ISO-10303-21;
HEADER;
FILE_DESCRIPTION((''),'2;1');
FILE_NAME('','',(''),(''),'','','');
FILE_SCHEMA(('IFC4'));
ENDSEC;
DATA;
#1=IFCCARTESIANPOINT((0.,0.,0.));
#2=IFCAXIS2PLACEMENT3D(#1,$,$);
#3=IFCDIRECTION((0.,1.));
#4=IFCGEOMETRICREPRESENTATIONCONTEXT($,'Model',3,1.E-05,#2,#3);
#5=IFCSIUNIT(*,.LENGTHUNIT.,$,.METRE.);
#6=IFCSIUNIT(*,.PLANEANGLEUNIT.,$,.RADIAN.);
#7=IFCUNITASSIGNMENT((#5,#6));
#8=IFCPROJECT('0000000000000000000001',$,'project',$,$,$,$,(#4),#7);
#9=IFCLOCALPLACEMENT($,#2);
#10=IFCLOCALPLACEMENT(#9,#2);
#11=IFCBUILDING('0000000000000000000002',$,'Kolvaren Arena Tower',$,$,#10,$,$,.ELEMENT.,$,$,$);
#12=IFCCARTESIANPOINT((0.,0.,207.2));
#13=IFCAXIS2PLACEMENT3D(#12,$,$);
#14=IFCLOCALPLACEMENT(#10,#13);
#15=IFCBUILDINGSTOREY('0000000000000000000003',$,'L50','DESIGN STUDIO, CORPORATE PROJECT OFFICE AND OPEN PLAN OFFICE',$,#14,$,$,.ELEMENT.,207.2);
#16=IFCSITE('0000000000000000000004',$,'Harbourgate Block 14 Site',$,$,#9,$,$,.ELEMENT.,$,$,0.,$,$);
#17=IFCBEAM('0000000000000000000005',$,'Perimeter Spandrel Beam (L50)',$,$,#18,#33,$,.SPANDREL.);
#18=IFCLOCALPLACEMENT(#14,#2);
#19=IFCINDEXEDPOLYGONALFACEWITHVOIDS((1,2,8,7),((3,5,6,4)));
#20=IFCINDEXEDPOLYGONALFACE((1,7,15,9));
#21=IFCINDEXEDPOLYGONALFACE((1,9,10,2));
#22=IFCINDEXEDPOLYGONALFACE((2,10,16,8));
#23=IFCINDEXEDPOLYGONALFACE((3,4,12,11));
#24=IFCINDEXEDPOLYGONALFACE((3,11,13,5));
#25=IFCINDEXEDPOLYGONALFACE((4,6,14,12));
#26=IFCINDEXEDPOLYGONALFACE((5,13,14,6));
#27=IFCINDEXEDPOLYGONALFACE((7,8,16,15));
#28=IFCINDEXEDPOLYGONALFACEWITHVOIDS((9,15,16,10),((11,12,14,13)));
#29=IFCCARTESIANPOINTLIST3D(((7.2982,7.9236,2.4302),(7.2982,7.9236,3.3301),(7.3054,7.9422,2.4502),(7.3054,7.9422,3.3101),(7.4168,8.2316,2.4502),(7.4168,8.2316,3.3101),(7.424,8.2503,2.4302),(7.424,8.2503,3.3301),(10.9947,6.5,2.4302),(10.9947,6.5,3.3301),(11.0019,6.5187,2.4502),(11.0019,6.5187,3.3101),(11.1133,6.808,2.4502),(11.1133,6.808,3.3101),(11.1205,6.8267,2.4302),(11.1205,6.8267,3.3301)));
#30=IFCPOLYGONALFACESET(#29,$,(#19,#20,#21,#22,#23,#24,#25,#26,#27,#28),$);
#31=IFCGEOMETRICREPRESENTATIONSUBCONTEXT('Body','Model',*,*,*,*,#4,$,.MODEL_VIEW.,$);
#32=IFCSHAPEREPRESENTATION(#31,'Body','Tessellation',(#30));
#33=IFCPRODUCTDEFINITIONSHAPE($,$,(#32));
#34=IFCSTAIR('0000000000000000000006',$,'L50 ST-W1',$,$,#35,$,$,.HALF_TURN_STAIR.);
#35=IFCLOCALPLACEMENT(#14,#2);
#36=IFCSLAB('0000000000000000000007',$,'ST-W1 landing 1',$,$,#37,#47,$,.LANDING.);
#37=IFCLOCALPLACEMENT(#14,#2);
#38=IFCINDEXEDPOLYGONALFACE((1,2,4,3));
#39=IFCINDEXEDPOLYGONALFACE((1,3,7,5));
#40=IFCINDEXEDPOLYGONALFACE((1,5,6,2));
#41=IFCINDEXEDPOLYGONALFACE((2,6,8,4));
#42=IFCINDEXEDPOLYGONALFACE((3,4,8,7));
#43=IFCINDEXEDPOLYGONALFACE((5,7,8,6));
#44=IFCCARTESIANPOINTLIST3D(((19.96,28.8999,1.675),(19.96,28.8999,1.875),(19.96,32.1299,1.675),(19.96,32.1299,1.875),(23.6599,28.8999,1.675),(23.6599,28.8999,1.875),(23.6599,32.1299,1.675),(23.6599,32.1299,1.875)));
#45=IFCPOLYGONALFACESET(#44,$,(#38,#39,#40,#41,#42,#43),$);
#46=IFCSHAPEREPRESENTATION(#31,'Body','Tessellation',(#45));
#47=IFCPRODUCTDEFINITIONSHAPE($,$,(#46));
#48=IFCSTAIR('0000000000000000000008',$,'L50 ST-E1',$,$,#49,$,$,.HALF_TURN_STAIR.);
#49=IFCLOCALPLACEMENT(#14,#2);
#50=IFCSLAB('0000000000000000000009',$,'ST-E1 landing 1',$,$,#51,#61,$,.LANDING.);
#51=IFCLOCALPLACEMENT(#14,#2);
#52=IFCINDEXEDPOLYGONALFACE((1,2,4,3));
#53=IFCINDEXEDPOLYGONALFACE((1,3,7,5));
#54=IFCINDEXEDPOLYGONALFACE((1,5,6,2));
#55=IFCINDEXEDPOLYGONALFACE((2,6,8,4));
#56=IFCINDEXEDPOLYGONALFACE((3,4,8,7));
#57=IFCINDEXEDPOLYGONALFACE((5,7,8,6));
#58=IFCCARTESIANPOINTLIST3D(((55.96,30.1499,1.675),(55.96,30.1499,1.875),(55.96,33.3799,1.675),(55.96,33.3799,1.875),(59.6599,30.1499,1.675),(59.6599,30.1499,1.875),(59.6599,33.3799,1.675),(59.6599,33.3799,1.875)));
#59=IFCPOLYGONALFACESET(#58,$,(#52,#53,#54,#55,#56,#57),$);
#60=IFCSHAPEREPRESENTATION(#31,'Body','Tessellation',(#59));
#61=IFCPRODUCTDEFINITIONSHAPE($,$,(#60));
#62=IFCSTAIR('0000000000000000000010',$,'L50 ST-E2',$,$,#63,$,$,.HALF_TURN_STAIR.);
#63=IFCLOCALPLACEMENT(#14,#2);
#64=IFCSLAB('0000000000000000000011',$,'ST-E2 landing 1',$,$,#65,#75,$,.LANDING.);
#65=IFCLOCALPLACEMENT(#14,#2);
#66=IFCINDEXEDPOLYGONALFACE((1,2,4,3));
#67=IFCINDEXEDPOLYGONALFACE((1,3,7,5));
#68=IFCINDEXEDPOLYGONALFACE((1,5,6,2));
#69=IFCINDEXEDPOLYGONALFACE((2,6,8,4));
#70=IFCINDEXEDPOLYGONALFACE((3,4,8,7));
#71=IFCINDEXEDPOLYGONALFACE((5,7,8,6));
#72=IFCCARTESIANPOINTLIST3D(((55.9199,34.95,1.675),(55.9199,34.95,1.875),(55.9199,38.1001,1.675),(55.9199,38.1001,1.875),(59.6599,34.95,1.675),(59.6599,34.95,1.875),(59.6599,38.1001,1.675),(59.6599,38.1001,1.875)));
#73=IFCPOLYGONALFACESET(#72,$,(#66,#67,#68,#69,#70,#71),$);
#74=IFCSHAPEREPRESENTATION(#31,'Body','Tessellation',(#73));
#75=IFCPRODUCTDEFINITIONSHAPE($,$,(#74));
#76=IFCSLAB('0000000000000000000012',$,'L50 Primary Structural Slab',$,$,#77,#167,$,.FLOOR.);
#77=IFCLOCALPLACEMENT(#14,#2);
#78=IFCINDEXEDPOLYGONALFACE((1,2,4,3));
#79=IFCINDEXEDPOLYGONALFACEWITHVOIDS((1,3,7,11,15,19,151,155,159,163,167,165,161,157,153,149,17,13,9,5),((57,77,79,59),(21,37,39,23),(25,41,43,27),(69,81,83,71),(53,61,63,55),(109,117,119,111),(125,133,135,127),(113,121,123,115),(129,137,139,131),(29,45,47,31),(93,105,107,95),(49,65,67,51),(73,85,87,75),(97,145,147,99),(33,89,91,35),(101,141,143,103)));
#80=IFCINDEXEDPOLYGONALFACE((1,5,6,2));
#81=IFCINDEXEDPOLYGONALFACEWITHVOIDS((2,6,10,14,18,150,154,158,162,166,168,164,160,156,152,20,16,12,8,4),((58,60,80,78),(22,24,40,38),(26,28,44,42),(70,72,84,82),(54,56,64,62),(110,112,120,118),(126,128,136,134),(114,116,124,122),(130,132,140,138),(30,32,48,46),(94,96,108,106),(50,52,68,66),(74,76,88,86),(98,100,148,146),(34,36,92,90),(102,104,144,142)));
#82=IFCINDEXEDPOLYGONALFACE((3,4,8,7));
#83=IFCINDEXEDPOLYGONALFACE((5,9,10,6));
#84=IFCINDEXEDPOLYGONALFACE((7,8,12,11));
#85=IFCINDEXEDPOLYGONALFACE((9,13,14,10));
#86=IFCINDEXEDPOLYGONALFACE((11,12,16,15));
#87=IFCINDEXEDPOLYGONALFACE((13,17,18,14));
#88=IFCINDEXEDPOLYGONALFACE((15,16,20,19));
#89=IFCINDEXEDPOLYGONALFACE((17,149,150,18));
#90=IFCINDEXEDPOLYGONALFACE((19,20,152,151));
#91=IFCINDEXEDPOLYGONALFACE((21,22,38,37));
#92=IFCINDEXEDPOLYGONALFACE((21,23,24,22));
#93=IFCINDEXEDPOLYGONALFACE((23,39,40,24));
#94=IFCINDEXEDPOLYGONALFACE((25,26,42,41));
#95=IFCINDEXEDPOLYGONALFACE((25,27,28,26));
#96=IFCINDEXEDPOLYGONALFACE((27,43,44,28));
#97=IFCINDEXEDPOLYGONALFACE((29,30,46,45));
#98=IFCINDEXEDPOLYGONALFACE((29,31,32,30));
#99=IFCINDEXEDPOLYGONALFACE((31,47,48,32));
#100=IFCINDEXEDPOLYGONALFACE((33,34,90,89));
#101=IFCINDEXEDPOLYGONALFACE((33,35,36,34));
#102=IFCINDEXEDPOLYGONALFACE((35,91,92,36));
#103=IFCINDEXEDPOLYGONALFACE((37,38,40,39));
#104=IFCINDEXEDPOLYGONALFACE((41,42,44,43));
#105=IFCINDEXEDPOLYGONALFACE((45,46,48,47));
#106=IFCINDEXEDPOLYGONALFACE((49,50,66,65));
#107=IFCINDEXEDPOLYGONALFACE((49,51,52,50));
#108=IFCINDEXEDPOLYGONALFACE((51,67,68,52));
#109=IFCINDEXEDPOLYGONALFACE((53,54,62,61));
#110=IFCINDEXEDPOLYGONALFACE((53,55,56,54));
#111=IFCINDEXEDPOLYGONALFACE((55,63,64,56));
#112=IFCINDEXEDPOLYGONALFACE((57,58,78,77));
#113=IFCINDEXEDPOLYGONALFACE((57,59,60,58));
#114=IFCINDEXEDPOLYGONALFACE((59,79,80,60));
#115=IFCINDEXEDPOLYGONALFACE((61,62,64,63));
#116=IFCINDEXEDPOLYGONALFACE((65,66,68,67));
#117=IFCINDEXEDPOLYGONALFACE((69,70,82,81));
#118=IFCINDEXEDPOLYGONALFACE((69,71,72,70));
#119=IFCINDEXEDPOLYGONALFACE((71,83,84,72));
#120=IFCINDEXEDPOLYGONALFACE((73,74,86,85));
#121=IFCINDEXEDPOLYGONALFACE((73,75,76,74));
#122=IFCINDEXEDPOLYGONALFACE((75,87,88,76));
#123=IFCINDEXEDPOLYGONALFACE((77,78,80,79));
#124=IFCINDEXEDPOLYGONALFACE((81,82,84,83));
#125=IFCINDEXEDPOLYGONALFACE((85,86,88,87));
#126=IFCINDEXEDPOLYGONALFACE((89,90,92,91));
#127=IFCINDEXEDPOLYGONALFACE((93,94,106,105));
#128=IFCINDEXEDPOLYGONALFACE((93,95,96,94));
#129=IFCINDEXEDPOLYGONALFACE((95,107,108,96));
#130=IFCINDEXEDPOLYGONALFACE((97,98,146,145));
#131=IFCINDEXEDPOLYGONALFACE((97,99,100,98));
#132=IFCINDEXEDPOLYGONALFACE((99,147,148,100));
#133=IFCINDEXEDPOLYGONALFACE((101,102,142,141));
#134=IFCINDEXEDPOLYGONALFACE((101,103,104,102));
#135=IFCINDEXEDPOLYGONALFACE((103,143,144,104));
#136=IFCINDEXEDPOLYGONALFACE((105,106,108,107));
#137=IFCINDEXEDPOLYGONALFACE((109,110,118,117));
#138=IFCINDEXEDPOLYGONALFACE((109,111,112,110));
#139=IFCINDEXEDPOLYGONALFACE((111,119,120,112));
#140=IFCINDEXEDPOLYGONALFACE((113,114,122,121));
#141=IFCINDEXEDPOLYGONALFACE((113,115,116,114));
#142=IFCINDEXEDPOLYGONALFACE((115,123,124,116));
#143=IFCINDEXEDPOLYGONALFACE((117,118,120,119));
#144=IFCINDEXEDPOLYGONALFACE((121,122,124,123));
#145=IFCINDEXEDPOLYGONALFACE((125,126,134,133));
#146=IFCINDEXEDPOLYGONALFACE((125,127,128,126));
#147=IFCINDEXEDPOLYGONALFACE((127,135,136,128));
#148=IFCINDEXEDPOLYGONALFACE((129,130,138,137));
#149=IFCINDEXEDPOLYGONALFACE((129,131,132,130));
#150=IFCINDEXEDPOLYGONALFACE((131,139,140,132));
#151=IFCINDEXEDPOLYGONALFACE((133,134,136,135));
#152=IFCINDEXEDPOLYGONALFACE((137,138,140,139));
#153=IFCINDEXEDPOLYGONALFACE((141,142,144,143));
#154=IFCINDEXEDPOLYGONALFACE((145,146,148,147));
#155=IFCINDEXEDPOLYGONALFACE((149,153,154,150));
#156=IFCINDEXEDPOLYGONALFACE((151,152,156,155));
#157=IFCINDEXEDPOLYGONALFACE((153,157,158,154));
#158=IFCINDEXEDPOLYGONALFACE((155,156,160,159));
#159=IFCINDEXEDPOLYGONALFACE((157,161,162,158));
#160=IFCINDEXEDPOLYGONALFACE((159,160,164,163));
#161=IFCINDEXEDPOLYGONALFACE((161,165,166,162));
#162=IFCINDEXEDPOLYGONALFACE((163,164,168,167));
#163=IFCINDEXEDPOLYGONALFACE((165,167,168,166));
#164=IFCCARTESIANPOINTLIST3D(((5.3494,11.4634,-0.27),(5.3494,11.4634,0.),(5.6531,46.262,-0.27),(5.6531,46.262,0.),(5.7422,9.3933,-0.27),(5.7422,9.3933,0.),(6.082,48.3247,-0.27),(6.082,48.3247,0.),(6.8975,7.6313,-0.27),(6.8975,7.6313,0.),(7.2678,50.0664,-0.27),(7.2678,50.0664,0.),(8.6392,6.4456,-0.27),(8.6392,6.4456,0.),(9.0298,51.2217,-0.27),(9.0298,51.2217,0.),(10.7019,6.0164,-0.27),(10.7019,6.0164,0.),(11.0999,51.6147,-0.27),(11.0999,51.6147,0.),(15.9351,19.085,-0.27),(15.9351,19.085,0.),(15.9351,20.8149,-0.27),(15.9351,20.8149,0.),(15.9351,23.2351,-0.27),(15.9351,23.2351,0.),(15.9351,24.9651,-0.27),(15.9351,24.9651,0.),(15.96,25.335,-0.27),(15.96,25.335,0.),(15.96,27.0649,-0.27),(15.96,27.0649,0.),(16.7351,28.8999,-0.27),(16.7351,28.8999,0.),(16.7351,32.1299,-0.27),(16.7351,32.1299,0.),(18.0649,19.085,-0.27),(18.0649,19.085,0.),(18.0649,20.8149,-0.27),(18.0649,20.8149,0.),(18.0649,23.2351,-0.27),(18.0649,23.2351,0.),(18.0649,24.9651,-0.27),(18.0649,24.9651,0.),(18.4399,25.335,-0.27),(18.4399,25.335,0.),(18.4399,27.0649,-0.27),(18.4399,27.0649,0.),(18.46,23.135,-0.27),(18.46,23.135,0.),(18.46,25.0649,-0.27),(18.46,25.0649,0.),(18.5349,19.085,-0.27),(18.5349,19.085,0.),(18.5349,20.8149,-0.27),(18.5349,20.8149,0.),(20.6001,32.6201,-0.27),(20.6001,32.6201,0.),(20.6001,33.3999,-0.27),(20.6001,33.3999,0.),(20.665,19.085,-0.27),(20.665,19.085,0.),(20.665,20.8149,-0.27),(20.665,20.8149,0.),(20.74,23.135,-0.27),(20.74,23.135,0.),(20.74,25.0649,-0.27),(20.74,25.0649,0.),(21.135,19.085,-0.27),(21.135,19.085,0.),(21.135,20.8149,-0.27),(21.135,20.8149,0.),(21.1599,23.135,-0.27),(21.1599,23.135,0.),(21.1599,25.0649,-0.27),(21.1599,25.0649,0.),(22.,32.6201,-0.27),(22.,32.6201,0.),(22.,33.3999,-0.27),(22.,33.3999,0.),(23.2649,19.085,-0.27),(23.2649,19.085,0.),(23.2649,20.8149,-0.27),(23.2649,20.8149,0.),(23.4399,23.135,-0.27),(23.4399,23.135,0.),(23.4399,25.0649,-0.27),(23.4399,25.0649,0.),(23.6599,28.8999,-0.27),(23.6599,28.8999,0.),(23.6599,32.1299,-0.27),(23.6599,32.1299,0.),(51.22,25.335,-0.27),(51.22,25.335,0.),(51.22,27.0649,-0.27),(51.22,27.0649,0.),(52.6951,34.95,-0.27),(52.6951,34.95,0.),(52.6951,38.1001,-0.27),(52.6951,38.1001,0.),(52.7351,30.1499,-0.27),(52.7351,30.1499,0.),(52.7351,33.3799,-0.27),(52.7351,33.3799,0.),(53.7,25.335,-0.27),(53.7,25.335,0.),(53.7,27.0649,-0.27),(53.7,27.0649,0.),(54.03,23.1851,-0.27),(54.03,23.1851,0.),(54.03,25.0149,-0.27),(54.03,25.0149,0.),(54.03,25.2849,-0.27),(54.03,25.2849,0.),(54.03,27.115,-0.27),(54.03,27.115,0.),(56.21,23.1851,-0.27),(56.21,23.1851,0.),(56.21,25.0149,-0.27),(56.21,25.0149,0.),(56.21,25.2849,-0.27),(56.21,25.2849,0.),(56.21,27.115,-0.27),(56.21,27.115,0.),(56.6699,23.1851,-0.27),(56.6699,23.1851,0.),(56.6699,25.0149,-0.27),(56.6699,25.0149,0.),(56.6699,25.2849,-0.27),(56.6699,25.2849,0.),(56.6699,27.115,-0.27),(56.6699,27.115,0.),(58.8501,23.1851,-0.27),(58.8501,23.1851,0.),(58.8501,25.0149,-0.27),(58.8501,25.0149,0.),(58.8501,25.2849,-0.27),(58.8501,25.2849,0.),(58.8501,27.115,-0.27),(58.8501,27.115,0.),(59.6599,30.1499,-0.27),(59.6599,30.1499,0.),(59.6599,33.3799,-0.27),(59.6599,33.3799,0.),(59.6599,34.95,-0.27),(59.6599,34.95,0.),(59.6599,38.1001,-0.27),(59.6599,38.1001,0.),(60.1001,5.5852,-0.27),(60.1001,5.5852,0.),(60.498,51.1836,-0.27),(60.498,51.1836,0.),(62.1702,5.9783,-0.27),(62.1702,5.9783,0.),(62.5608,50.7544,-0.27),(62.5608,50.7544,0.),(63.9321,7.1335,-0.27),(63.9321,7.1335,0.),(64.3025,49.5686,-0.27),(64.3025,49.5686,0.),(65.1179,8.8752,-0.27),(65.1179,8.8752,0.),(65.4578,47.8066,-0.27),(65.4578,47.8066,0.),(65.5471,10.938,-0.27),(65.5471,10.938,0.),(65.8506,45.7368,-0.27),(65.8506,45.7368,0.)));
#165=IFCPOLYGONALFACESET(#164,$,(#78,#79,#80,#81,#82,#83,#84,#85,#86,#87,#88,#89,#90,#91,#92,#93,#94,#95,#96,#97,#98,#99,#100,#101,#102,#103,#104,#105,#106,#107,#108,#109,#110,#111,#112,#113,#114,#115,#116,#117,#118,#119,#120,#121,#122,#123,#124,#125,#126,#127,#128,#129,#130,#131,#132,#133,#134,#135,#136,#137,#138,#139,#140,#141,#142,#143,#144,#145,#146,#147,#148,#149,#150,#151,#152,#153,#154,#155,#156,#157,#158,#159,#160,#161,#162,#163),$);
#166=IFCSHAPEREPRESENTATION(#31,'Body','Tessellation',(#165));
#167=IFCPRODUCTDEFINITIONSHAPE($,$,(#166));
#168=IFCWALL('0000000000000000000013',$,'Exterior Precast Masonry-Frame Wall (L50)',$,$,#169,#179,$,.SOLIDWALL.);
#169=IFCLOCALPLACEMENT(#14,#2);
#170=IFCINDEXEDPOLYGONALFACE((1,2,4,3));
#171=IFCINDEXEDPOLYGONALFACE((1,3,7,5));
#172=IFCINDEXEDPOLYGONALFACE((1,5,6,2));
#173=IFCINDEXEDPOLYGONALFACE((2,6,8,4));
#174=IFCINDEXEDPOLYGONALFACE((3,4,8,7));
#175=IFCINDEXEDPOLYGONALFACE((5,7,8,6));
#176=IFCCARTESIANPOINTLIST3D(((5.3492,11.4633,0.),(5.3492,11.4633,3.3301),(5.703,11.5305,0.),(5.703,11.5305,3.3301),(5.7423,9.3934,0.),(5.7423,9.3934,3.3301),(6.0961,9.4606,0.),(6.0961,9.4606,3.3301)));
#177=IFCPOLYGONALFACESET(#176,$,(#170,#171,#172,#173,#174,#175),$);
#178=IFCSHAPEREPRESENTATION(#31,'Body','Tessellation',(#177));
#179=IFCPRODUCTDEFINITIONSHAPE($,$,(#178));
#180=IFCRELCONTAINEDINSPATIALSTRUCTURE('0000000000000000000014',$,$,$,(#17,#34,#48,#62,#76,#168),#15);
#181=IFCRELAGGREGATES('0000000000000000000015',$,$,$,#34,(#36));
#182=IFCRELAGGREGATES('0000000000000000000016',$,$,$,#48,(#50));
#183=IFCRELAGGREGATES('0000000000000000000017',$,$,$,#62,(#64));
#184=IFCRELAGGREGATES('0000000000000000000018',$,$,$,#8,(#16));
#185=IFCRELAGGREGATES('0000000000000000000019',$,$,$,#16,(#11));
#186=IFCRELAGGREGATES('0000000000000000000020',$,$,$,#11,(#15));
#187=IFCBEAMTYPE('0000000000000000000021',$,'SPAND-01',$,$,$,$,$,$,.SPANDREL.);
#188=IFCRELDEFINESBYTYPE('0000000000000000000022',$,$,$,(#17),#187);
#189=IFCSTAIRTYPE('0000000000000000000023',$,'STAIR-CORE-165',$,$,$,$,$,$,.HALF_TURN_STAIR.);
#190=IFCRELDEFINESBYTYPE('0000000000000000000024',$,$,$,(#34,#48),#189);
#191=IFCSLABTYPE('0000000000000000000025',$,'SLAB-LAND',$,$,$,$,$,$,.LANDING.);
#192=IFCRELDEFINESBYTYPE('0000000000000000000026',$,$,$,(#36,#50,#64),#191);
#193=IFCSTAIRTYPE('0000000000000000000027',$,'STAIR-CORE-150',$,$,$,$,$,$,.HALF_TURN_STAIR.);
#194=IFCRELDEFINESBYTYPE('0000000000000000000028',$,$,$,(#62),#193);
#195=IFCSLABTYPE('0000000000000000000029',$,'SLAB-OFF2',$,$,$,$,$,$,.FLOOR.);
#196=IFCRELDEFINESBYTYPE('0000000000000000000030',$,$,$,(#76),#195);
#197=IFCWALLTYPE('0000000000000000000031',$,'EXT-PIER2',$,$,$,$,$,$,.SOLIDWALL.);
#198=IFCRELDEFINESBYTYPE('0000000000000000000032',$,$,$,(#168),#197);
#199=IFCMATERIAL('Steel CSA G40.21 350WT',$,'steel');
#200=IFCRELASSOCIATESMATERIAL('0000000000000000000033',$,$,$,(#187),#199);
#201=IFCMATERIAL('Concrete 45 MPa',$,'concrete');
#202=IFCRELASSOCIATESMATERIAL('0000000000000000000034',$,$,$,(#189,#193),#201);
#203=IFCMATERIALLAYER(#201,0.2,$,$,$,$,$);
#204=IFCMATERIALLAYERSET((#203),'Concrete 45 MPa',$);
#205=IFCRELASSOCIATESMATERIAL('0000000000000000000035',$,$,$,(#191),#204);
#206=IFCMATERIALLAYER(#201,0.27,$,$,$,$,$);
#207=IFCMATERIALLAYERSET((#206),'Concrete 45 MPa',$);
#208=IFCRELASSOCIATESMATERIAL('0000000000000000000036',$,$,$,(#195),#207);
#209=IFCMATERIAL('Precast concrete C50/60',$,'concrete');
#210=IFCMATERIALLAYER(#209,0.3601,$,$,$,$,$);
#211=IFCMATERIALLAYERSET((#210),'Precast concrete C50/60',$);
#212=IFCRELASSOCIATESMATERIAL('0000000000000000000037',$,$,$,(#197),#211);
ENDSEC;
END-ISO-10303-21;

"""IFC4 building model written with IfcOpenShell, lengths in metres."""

from ifc_helpers import new_model, si_unit, direction, frame, frame_2d, origin, origin_2d, place, context, subcontext, project, spatial, polyline, rectangle, hollow_rectangle, outline, extrude, material, layer, layer_set, material_profile, profile_set, type_object, element, aggregate, save


model = new_model("IFC4")

# Units and contexts
model_context = context("Model", 3, precision=1e-05, world=origin(), true_north=direction((0.0, 1.0)))
body_context = subcontext(model_context, "Body", "Model", "MODEL_VIEW")
ifc_project = project(units=[si_unit("LENGTHUNIT", "METRE"), si_unit("PLANEANGLEUNIT", "RADIAN")], contexts=[model_context])

# Site, building, storey
site_placement = place(None, origin())
site = spatial("IfcSite", under=ifc_project, at=site_placement, Name="Harbourgate Block 14 Site", CompositionType="ELEMENT", RefElevation=0.0)
building_placement = place(site_placement, origin())
building = spatial("IfcBuilding", under=site, at=building_placement, Name="Kolvaren Arena Tower", CompositionType="ELEMENT")
storey_placement = place(building_placement, frame((0.0, 0.0, 207.2)))
storey = spatial("IfcBuildingStorey", under=building, at=storey_placement, Name="L50", Description="DESIGN STUDIO, CORPORATE PROJECT OFFICE AND OPEN PLAN OFFICE", CompositionType="ELEMENT", Elevation=207.2)

# Beam
ifc_material_1 = material(Name="Steel CSA G40.21 350WT", Category="steel")
ifc_material_profile_1 = material_profile(ifc_material_1, hollow_rectangle(XDim=0.3501, YDim=0.8999, WallThickness=0.02, at=origin_2d()), Name="HSS 900x350x20")
ifc_profile_set_1 = profile_set([ifc_material_profile_1], Name="Steel CSA G40.21 350WT")
beam_type_1 = type_object("IfcBeamType", Name="SPAND-01", PredefinedType="SPANDREL", material=ifc_profile_set_1)
beam_1_placement = place(storey_placement, frame((7.3611, 8.0869, 2.8801), z_axis=(0.93319, -0.359384, 0.0), x_axis=(0.359384, 0.93319, 0.0)))
element("IfcBeam", 1, at=beam_1_placement, inside=storey, type_object=beam_type_1, Name="Perimeter Spandrel Beam (L50)", PredefinedType="SPANDREL", context=body_context, shape_type="SweptSolid", body=[
    extrude(hollow_rectangle(XDim=0.3501, YDim=0.8999, WallThickness=0.02, at=origin_2d()), origin(), (0.0, 0.0, 1.0), 3.9612),
])

# Stairs, slabs
ifc_material_2 = material(Name="Concrete 45 MPa", Category="concrete")
stair_type_1 = type_object("IfcStairType", Name="STAIR-CORE-165", PredefinedType="HALF_TURN_STAIR", material=ifc_material_2)
stair_1_placement = place(storey_placement, origin())
stair_1 = element("IfcStair", 2, at=stair_1_placement, inside=storey, type_object=stair_type_1, Name="L50 ST-W1", PredefinedType="HALF_TURN_STAIR")
ifc_layer_1 = layer(ifc_material_2, 0.2)
ifc_layer_set_1 = layer_set([ifc_layer_1], Name="Concrete 45 MPa")
slab_type_1 = type_object("IfcSlabType", Name="SLAB-LAND", PredefinedType="LANDING", material=ifc_layer_set_1)
slab_1_placement = place(storey_placement, frame((0.0, 0.0, 1.675)))
slab_1 = element("IfcSlab", 3, at=slab_1_placement, type_object=slab_type_1, Name="ST-W1 landing 1", PredefinedType="LANDING", context=body_context, shape_type="SweptSolid", body=[
    extrude(outline(polyline([(19.96, 28.8999), (23.6599, 28.8999), (23.6599, 32.1299), (19.96, 32.1299), (19.96, 28.8999)])), origin(), (0.0, 0.0, 1.0), 0.2),
])
aggregate(stair_1, [slab_1])
stair_2_placement = place(storey_placement, origin())
stair_2 = element("IfcStair", 4, at=stair_2_placement, inside=storey, type_object=stair_type_1, Name="L50 ST-E1", PredefinedType="HALF_TURN_STAIR")
slab_2_placement = place(storey_placement, frame((0.0, 0.0, 1.675)))
slab_2 = element("IfcSlab", 5, at=slab_2_placement, type_object=slab_type_1, Name="ST-E1 landing 1", PredefinedType="LANDING", context=body_context, shape_type="SweptSolid", body=[
    extrude(outline(polyline([(55.96, 30.1499), (59.6599, 30.1499), (59.6599, 33.3799), (55.96, 33.3799), (55.96, 30.1499)])), origin(), (0.0, 0.0, 1.0), 0.2),
])
aggregate(stair_2, [slab_2])
stair_type_2 = type_object("IfcStairType", Name="STAIR-CORE-150", PredefinedType="HALF_TURN_STAIR", material=ifc_material_2)
stair_3_placement = place(storey_placement, origin())
stair_3 = element("IfcStair", 6, at=stair_3_placement, inside=storey, type_object=stair_type_2, Name="L50 ST-E2", PredefinedType="HALF_TURN_STAIR")
slab_3_placement = place(storey_placement, frame((0.0, 0.0, 1.675)))
slab_3 = element("IfcSlab", 7, at=slab_3_placement, type_object=slab_type_1, Name="ST-E2 landing 1", PredefinedType="LANDING", context=body_context, shape_type="SweptSolid", body=[
    extrude(outline(polyline([(55.9199, 34.95), (59.6599, 34.95), (59.6599, 38.1001), (55.9199, 38.1001), (55.9199, 34.95)])), origin(), (0.0, 0.0, 1.0), 0.2),
])
aggregate(stair_3, [slab_3])

# Slab
ifc_layer_2 = layer(ifc_material_2, 0.27)
ifc_layer_set_2 = layer_set([ifc_layer_2], Name="Concrete 45 MPa")
slab_type_2 = type_object("IfcSlabType", Name="SLAB-OFF2", PredefinedType="FLOOR", material=ifc_layer_set_2)
slab_4_placement = place(storey_placement, frame((0.0, 0.0, -0.27)))
element("IfcSlab", 8, at=slab_4_placement, inside=storey, type_object=slab_type_2, Name="L50 Primary Structural Slab", PredefinedType="FLOOR", context=body_context, shape_type="SweptSolid", body=[
    extrude(outline(polyline([(60.1001, 5.5852), (62.1702, 5.9783), (63.9321, 7.1335), (65.1179, 8.8752), (65.5471, 10.938), (65.8506, 45.7368), (65.4578, 47.8066), (64.3025, 49.5686), (62.5608, 50.7544), (60.498, 51.1836), (11.0999, 51.6147), (9.0298, 51.2217), (7.2678, 50.0664), (6.082, 48.3247), (5.6531, 46.262), (5.3494, 11.4634), (5.7422, 9.3933), (6.8975, 7.6313), (8.6392, 6.4456), (10.7019, 6.0164), (60.1001, 5.5852)]), holes=[polyline([(15.9351, 19.085), (15.9351, 20.8149), (18.0649, 20.8149), (18.0649, 19.085), (15.9351, 19.085)]), polyline([(18.5349, 19.085), (18.5349, 20.8149), (20.665, 20.8149), (20.665, 19.085), (18.5349, 19.085)]), polyline([(21.135, 19.085), (21.135, 20.8149), (23.2649, 20.8149), (23.2649, 19.085), (21.135, 19.085)]), polyline([(18.46, 23.135), (18.46, 25.0649), (20.74, 25.0649), (20.74, 23.135), (18.46, 23.135)]), polyline([(21.1599, 23.135), (21.1599, 25.0649), (23.4399, 25.0649), (23.4399, 23.135), (21.1599, 23.135)]), polyline([(54.03, 23.1851), (54.03, 25.0149), (56.21, 25.0149), (56.21, 23.1851), (54.03, 23.1851)]), polyline([(56.6699, 23.1851), (56.6699, 25.0149), (58.8501, 25.0149), (58.8501, 23.1851), (56.6699, 23.1851)]), polyline([(15.9351, 23.2351), (15.9351, 24.9651), (18.0649, 24.9651), (18.0649, 23.2351), (15.9351, 23.2351)]), polyline([(54.03, 25.2849), (54.03, 27.115), (56.21, 27.115), (56.21, 25.2849), (54.03, 25.2849)]), polyline([(56.6699, 25.2849), (56.6699, 27.115), (58.8501, 27.115), (58.8501, 25.2849), (56.6699, 25.2849)]), polyline([(15.96, 25.335), (15.96, 27.0649), (18.4399, 27.0649), (18.4399, 25.335), (15.96, 25.335)]), polyline([(51.22, 25.335), (51.22, 27.0649), (53.7, 27.0649), (53.7, 25.335), (51.22, 25.335)]), polyline([(16.7351, 28.8999), (16.7351, 32.1299), (23.6599, 32.1299), (23.6599, 28.8999), (16.7351, 28.8999)]), polyline([(52.7351, 30.1499), (52.7351, 33.3799), (59.6599, 33.3799), (59.6599, 30.1499), (52.7351, 30.1499)]), polyline([(20.6001, 32.6201), (20.6001, 33.3999), (22.0, 33.3999), (22.0, 32.6201), (20.6001, 32.6201)]), polyline([(52.6951, 34.95), (52.6951, 38.1001), (59.6599, 38.1001), (59.6599, 34.95), (52.6951, 34.95)])]), origin(), (0.0, 0.0, 1.0), 0.27),
])

# Wall
ifc_material_3 = material(Name="Precast concrete C50/60", Category="concrete")
ifc_layer_3 = layer(ifc_material_3, 0.3601)
ifc_layer_set_3 = layer_set([ifc_layer_3], Name="Precast concrete C50/60")
wall_type = type_object("IfcWallType", Name="EXT-PIER2", PredefinedType="SOLIDWALL", material=ifc_layer_set_3)
for number, where, z_axis, x_axis, name in (
    (9, (5.9192, 9.427, 0.0), (0.0, 0.0, 1.0), (-0.186569, 0.982442, 0.0), "Exterior Precast Masonry-Frame Wall (L50)"),
):
    element("IfcWall", number, at=place(storey_placement, frame(where, z_axis=z_axis, x_axis=x_axis)), inside=storey, type_object=wall_type, Name=name, PredefinedType="SOLIDWALL", context=body_context, shape_type="SweptSolid", body=[
        extrude(rectangle(XDim=2.1069, YDim=0.3601, at=frame_2d((1.0535, 0.0))), origin(), (0.0, 0.0, 1.0), 3.3301),
    ])

save(model, "model.ifc")
